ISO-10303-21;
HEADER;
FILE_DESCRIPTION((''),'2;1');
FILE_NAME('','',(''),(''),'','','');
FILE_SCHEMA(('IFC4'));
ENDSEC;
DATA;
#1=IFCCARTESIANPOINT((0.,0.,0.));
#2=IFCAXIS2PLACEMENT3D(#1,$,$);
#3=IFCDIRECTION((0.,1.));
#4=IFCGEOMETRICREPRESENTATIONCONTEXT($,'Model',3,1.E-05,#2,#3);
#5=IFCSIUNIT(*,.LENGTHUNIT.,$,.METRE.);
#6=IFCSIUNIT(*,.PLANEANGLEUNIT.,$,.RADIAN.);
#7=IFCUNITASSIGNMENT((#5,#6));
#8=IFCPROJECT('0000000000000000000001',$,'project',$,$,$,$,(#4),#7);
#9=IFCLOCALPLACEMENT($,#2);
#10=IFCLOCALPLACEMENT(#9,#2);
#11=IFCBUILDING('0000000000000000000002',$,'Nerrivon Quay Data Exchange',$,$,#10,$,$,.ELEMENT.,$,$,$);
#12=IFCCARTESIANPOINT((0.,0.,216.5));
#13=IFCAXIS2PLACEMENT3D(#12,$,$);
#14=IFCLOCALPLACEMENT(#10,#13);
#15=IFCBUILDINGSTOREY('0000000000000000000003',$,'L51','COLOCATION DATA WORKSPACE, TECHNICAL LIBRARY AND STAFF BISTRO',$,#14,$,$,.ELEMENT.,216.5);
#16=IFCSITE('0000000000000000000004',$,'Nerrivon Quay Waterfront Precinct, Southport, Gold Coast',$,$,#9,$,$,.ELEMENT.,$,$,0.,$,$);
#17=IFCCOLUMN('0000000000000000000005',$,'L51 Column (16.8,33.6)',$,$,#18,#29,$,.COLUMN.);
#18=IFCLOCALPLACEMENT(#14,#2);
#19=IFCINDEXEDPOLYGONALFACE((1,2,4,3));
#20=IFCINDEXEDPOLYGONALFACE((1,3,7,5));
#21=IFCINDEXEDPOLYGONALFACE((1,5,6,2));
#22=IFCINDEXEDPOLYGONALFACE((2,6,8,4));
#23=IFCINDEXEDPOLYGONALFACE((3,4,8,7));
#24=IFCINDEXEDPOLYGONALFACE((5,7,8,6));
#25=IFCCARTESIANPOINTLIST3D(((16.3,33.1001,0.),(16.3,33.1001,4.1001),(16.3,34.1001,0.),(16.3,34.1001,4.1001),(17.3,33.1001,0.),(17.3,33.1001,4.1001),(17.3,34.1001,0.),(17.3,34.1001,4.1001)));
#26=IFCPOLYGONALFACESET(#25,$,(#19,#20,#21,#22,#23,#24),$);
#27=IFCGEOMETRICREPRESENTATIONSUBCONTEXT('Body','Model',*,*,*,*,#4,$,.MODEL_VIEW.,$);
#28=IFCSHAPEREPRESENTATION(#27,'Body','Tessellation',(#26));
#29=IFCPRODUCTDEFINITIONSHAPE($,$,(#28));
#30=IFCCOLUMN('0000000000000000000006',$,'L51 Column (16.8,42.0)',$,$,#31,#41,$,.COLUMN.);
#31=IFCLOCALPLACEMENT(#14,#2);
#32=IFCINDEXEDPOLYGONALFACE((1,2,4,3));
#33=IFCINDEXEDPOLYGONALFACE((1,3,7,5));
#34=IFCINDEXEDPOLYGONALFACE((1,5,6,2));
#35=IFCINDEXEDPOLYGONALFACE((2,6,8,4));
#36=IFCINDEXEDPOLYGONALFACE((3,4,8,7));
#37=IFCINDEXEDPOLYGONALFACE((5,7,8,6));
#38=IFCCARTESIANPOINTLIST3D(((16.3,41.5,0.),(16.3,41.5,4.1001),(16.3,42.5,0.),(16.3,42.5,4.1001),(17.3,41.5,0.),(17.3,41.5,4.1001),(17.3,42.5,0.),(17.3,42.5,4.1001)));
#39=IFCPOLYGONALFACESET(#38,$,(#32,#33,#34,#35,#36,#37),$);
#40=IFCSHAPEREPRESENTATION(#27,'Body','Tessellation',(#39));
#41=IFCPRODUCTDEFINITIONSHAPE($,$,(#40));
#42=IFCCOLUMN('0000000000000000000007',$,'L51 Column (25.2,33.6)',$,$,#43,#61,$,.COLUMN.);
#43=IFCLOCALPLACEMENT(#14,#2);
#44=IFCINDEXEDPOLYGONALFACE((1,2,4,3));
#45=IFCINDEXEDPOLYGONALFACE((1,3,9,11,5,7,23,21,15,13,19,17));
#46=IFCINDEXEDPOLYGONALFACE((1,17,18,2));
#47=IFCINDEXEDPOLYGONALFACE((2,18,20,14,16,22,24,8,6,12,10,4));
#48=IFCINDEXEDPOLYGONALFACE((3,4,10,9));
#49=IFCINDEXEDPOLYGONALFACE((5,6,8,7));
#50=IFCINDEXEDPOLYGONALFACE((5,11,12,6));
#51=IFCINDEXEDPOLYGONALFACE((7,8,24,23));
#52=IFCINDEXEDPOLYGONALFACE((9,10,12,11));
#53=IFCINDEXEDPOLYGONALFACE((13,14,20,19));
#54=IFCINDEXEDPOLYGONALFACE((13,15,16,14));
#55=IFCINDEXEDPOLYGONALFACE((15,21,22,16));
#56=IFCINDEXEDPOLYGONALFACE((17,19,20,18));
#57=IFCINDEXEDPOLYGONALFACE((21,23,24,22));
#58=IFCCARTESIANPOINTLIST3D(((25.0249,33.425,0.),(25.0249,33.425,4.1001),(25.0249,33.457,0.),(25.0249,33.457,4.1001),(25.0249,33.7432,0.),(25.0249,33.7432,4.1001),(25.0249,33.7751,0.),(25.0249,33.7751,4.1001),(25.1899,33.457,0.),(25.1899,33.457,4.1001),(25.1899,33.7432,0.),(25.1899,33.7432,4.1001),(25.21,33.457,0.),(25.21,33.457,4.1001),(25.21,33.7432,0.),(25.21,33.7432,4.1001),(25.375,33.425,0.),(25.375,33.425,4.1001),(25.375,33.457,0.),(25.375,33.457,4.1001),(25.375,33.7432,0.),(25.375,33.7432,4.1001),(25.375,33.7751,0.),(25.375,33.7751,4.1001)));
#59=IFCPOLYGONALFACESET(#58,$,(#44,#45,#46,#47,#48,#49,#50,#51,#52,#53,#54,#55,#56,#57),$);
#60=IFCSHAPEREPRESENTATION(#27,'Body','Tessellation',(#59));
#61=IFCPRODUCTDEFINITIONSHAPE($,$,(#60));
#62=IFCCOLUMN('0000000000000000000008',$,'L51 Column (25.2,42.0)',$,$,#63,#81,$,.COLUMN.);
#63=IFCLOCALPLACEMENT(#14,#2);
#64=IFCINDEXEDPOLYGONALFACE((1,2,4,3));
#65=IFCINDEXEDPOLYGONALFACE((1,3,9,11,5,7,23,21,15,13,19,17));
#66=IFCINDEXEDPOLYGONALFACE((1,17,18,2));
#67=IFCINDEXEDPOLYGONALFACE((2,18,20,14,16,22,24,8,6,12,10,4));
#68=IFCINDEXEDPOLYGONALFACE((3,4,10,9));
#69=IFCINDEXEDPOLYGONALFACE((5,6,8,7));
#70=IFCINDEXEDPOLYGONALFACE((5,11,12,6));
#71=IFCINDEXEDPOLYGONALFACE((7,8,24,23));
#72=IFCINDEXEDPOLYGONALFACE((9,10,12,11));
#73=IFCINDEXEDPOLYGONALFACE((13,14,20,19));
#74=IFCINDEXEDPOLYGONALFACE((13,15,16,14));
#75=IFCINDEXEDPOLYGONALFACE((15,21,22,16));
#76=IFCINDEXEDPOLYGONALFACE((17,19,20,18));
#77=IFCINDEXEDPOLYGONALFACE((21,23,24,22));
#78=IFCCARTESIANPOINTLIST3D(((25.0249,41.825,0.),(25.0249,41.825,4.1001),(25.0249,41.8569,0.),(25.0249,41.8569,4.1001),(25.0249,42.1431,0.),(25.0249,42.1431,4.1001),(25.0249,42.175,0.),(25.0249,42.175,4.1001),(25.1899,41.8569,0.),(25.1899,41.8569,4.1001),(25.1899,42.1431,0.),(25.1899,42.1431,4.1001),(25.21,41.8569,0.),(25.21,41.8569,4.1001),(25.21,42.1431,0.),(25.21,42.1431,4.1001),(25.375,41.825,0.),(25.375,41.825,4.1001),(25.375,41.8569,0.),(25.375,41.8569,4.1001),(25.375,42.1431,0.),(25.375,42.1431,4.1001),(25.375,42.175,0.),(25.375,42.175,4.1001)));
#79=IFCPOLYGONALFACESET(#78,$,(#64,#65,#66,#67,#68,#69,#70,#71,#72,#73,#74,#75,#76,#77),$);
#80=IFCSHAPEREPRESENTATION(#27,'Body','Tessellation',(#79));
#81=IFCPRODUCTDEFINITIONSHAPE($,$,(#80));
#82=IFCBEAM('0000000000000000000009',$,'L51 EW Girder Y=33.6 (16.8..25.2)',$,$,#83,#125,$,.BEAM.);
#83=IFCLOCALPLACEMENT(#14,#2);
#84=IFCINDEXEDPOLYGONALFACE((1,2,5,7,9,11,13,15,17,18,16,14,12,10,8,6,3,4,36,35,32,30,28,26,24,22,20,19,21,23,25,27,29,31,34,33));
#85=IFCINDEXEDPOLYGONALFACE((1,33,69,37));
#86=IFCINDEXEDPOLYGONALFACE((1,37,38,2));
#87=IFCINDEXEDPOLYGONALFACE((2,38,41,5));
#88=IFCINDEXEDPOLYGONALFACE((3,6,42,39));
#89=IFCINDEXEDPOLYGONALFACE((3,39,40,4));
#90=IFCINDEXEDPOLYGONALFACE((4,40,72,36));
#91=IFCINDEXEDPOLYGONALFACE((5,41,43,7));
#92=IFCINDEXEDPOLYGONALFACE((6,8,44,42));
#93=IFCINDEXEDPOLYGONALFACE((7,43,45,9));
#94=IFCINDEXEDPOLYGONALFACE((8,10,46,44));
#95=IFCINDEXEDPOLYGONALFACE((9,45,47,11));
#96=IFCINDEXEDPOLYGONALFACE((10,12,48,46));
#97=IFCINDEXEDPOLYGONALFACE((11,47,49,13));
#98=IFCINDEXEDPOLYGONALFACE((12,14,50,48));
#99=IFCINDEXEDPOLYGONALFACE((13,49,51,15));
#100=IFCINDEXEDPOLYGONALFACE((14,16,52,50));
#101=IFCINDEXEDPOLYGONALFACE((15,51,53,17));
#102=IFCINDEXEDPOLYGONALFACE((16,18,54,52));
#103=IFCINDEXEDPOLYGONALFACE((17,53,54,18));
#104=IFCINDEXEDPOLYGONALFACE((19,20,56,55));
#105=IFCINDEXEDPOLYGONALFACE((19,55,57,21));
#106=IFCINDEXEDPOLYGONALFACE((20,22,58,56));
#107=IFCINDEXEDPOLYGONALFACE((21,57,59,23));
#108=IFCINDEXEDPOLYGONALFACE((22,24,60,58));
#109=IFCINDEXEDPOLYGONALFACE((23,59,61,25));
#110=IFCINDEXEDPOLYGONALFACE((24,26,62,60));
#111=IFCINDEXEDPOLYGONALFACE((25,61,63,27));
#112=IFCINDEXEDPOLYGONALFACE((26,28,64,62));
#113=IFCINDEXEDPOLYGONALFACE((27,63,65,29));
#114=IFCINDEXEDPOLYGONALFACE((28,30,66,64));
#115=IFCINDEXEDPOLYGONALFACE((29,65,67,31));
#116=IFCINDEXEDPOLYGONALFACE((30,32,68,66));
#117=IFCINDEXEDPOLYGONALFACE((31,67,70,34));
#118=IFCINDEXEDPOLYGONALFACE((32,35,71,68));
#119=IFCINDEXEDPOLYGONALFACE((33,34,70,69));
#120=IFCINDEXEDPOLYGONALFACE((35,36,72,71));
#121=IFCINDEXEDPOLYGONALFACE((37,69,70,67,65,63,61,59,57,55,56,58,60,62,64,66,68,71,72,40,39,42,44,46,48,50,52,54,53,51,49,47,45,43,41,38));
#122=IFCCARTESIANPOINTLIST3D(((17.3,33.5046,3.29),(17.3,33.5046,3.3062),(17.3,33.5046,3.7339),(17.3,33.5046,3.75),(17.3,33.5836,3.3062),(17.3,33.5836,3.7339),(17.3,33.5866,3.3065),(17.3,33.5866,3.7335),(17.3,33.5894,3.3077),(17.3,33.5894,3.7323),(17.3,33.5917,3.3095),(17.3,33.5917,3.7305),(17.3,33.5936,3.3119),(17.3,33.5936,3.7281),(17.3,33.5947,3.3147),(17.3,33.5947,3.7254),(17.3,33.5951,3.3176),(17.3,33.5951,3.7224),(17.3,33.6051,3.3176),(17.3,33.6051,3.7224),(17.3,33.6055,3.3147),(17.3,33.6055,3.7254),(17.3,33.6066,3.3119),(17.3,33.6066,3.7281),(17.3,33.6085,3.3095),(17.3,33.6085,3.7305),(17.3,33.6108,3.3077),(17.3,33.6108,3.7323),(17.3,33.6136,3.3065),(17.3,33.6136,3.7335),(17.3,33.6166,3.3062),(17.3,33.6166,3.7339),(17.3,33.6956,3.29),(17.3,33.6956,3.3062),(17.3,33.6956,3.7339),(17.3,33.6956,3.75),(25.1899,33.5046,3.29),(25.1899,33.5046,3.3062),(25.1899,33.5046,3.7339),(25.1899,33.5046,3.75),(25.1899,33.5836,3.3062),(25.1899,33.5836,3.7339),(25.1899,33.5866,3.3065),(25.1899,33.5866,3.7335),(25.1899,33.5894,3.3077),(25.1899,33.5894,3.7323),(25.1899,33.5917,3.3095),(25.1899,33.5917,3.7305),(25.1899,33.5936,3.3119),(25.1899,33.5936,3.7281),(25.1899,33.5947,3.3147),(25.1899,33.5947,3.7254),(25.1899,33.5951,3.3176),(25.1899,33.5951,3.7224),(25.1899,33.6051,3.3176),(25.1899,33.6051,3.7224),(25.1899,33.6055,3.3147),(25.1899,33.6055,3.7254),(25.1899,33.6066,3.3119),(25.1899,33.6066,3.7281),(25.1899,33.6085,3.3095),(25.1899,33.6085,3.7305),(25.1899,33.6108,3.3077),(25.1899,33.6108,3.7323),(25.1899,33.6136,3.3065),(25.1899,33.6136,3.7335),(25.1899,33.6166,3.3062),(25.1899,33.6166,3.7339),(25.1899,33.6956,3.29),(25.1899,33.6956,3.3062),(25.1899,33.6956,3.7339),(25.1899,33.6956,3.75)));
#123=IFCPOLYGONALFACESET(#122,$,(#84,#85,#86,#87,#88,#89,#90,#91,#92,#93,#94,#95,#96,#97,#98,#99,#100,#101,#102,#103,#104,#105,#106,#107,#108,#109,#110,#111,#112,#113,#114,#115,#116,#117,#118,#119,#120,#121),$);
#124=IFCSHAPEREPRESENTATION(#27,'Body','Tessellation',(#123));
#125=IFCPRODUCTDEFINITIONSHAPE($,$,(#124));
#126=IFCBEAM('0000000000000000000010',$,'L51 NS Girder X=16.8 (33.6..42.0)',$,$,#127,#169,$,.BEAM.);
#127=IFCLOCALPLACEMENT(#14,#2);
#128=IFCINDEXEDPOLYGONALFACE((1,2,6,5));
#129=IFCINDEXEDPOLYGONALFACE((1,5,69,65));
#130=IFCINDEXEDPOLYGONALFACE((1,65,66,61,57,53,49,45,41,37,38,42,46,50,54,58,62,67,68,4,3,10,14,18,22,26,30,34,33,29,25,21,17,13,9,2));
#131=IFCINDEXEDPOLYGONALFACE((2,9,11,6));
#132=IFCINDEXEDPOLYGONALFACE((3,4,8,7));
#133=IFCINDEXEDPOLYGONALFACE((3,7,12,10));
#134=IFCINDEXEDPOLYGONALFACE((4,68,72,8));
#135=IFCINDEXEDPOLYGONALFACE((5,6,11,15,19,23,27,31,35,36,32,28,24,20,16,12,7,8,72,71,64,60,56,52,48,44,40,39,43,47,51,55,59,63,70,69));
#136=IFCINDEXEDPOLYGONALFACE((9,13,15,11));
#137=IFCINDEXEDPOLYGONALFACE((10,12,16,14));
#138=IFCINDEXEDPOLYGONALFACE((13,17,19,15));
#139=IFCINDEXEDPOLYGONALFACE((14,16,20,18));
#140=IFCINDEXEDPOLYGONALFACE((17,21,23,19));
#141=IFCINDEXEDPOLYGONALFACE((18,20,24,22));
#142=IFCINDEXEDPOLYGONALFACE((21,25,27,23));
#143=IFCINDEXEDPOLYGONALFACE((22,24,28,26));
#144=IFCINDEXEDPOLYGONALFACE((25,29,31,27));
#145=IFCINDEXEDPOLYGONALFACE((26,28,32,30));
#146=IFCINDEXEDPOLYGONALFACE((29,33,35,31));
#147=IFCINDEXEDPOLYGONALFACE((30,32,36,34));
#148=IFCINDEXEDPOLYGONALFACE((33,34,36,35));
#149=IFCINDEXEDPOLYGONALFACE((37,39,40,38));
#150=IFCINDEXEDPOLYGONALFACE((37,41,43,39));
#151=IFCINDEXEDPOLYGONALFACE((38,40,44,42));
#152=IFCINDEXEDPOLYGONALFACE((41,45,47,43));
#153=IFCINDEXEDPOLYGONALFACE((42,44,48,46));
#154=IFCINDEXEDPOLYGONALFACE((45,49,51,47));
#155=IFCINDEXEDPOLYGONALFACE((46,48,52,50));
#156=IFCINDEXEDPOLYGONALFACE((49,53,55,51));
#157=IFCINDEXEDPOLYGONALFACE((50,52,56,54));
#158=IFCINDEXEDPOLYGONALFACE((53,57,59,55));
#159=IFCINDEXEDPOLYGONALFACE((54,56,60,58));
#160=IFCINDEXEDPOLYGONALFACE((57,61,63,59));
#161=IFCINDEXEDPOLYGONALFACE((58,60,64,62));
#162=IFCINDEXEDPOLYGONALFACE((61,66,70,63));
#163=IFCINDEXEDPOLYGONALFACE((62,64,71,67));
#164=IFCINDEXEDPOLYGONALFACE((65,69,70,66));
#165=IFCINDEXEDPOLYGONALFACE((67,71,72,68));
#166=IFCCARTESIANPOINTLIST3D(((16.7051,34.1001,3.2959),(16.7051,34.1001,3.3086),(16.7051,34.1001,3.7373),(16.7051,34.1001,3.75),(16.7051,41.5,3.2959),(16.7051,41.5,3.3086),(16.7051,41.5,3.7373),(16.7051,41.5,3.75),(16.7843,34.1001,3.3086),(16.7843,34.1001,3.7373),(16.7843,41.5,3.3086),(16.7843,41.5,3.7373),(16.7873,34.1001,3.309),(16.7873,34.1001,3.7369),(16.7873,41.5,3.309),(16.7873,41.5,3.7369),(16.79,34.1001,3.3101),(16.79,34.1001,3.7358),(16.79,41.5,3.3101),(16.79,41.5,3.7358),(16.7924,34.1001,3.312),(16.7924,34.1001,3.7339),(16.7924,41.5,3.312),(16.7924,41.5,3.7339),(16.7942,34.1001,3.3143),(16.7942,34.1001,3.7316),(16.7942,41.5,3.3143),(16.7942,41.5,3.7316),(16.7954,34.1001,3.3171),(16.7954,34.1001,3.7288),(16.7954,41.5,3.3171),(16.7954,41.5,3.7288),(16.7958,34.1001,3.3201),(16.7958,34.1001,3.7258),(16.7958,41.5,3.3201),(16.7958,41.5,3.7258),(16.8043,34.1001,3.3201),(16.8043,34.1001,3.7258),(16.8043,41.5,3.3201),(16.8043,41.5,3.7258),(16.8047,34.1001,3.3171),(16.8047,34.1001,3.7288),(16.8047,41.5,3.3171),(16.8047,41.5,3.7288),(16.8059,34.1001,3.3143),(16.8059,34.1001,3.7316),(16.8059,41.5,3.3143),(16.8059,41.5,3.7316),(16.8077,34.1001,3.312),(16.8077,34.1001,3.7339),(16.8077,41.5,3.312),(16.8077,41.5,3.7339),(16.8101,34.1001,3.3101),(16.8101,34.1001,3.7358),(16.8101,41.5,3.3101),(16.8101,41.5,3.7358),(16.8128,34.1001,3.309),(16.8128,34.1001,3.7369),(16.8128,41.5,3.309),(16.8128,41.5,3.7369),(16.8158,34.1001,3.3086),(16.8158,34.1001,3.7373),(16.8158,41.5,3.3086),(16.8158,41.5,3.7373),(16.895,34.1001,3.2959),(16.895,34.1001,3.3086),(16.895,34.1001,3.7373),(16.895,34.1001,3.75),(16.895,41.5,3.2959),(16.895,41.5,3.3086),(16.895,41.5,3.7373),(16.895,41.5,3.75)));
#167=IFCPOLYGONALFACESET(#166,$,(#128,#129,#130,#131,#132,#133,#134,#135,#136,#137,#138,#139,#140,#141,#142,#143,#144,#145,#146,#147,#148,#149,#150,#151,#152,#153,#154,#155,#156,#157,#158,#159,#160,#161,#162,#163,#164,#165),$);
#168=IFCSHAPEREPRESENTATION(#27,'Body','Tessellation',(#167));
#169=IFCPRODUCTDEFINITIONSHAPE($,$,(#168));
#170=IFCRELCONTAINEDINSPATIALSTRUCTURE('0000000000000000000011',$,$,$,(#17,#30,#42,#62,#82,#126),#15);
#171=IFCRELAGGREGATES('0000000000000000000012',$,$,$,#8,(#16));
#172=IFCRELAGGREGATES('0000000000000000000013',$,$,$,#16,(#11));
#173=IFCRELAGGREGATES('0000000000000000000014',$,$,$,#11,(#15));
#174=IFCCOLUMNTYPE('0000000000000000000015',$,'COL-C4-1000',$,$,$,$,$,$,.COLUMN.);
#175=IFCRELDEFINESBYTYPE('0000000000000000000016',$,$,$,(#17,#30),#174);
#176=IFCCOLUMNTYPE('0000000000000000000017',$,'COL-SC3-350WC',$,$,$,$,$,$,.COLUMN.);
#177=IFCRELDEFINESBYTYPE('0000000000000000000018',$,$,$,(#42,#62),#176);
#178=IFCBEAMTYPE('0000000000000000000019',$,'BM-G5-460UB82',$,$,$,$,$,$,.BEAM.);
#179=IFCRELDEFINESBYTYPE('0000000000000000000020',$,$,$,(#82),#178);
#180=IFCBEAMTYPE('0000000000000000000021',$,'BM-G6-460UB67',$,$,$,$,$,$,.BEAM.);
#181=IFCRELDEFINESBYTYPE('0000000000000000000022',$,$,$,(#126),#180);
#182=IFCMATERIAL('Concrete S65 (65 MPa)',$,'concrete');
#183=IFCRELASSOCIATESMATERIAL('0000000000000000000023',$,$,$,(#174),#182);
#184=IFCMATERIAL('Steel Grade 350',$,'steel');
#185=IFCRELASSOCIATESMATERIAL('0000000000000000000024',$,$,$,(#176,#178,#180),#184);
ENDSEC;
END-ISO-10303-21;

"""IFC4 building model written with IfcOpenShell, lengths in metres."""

from ifc_helpers import new_model, si_unit, direction, frame, origin, origin_2d, place, context, subcontext, project, spatial, rectangle, i_section, extrude, material, material_profile, profile_set, type_object, element, save


model = new_model("IFC4")

# Units and contexts
model_context = context("Model", 3, precision=1e-05, world=origin(), true_north=direction((0.0, 1.0)))
body_context = subcontext(model_context, "Body", "Model", "MODEL_VIEW")
ifc_project = project(units=[si_unit("LENGTHUNIT", "METRE"), si_unit("PLANEANGLEUNIT", "RADIAN")], contexts=[model_context])

# Site, building, storey
site_placement = place(None, origin())
site = spatial("IfcSite", under=ifc_project, at=site_placement, Name="Nerrivon Quay Waterfront Precinct, Southport, Gold Coast", CompositionType="ELEMENT", RefElevation=0.0)
building_placement = place(site_placement, origin())
building = spatial("IfcBuilding", under=site, at=building_placement, Name="Nerrivon Quay Data Exchange", CompositionType="ELEMENT")
storey_placement = place(building_placement, frame((0.0, 0.0, 216.5)))
storey = spatial("IfcBuildingStorey", under=building, at=storey_placement, Name="L51", Description="COLOCATION DATA WORKSPACE, TECHNICAL LIBRARY AND STAFF BISTRO", CompositionType="ELEMENT", Elevation=216.5)

# Columns
ifc_material_1 = material(Name="Concrete S65 (65 MPa)", Category="concrete")
ifc_material_profile_1 = material_profile(ifc_material_1, rectangle(XDim=1.0, YDim=1.0, at=origin_2d()), Name="RC-COL-1000x1000")
ifc_profile_set_1 = profile_set([ifc_material_profile_1], Name="Concrete S65 (65 MPa)")
column_type_1 = type_object("IfcColumnType", Name="COL-C4-1000", PredefinedType="COLUMN", material=ifc_profile_set_1)
for number, where, z_axis, x_axis, name in (
    (1, (16.8, 33.6001, 0.0), (0.0, 0.0, 1.0), (1.0, 0.0, 0.0), "L51 Column (16.8,33.6)"),
    (2, (16.8, 42.0, 0.0), (0.0, 0.0, 1.0), (1.0, 0.0, 0.0), "L51 Column (16.8,42.0)"),
):
    element("IfcColumn", number, at=place(storey_placement, frame(where, z_axis=z_axis, x_axis=x_axis)), inside=storey, type_object=column_type_1, Name=name, PredefinedType="COLUMN", context=body_context, shape_type="SweptSolid", body=[
        extrude(rectangle(XDim=1.0, YDim=1.0, at=origin_2d()), origin(), (0.0, 0.0, 1.0), 4.1001),
    ])
ifc_material_2 = material(Name="Steel Grade 350", Category="steel")
ifc_material_profile_2 = material_profile(ifc_material_2, i_section(OverallWidth=0.3501, OverallDepth=0.3501, WebThickness=0.02, FlangeThickness=0.032, at=origin_2d()), Name="350WC230")
ifc_profile_set_2 = profile_set([ifc_material_profile_2], Name="Steel Grade 350")
column_type_2 = type_object("IfcColumnType", Name="COL-SC3-350WC", PredefinedType="COLUMN", material=ifc_profile_set_2)
for number, where, z_axis, x_axis, name in (
    (3, (25.2, 33.6001, 0.0), (0.0, 0.0, 1.0), (1.0, 0.0, 0.0), "L51 Column (25.2,33.6)"),
    (4, (25.2, 42.0, 0.0), (0.0, 0.0, 1.0), (1.0, 0.0, 0.0), "L51 Column (25.2,42.0)"),
):
    element("IfcColumn", number, at=place(storey_placement, frame(where, z_axis=z_axis, x_axis=x_axis)), inside=storey, type_object=column_type_2, Name=name, PredefinedType="COLUMN", context=body_context, shape_type="SweptSolid", body=[
        extrude(i_section(OverallWidth=0.3501, OverallDepth=0.3501, WebThickness=0.02, FlangeThickness=0.032, at=origin_2d()), origin(), (0.0, 0.0, 1.0), 4.1001),
    ])

# Beams
ifc_material_profile_3 = material_profile(ifc_material_2, i_section(OverallWidth=0.1909, OverallDepth=0.46, WebThickness=0.01, FlangeThickness=0.0161, FilletRadius=0.0115, at=origin_2d()), Name="460UB82.1")
ifc_profile_set_3 = profile_set([ifc_material_profile_3], Name="Steel Grade 350")
beam_type_1 = type_object("IfcBeamType", Name="BM-G5-460UB82", PredefinedType="BEAM", material=ifc_profile_set_3)
beam_1_placement = place(storey_placement, frame((17.3, 33.6001, 3.52), z_axis=(1.0, 0.0, 0.0), x_axis=(0.0, 1.0, 0.0)))
element("IfcBeam", 5, at=beam_1_placement, inside=storey, type_object=beam_type_1, Name="L51 EW Girder Y=33.6 (16.8..25.2)", PredefinedType="BEAM", context=body_context, shape_type="SweptSolid", body=[
    extrude(i_section(OverallWidth=0.1909, OverallDepth=0.46, WebThickness=0.01, FlangeThickness=0.0161, FilletRadius=0.0115, at=origin_2d()), origin(), (0.0, 0.0, 1.0), 7.8899),
])
ifc_material_profile_4 = material_profile(ifc_material_2, i_section(OverallWidth=0.1899, OverallDepth=0.4541, WebThickness=0.0085, FlangeThickness=0.0127, FilletRadius=0.0115, at=origin_2d()), Name="460UB67.1")
ifc_profile_set_4 = profile_set([ifc_material_profile_4], Name="Steel Grade 350")
beam_type_2 = type_object("IfcBeamType", Name="BM-G6-460UB67", PredefinedType="BEAM", material=ifc_profile_set_4)
beam_2_placement = place(storey_placement, frame((16.8, 34.1001, 3.5229), z_axis=(0.0, 1.0, 0.0), x_axis=(-1.0, 0.0, 0.0)))
element("IfcBeam", 6, at=beam_2_placement, inside=storey, type_object=beam_type_2, Name="L51 NS Girder X=16.8 (33.6..42.0)", PredefinedType="BEAM", context=body_context, shape_type="SweptSolid", body=[
    extrude(i_section(OverallWidth=0.1899, OverallDepth=0.4541, WebThickness=0.0085, FlangeThickness=0.0127, FilletRadius=0.0115, at=origin_2d()), origin(), (0.0, 0.0, 1.0), 7.3999),
])

save(model, "model.ifc")
